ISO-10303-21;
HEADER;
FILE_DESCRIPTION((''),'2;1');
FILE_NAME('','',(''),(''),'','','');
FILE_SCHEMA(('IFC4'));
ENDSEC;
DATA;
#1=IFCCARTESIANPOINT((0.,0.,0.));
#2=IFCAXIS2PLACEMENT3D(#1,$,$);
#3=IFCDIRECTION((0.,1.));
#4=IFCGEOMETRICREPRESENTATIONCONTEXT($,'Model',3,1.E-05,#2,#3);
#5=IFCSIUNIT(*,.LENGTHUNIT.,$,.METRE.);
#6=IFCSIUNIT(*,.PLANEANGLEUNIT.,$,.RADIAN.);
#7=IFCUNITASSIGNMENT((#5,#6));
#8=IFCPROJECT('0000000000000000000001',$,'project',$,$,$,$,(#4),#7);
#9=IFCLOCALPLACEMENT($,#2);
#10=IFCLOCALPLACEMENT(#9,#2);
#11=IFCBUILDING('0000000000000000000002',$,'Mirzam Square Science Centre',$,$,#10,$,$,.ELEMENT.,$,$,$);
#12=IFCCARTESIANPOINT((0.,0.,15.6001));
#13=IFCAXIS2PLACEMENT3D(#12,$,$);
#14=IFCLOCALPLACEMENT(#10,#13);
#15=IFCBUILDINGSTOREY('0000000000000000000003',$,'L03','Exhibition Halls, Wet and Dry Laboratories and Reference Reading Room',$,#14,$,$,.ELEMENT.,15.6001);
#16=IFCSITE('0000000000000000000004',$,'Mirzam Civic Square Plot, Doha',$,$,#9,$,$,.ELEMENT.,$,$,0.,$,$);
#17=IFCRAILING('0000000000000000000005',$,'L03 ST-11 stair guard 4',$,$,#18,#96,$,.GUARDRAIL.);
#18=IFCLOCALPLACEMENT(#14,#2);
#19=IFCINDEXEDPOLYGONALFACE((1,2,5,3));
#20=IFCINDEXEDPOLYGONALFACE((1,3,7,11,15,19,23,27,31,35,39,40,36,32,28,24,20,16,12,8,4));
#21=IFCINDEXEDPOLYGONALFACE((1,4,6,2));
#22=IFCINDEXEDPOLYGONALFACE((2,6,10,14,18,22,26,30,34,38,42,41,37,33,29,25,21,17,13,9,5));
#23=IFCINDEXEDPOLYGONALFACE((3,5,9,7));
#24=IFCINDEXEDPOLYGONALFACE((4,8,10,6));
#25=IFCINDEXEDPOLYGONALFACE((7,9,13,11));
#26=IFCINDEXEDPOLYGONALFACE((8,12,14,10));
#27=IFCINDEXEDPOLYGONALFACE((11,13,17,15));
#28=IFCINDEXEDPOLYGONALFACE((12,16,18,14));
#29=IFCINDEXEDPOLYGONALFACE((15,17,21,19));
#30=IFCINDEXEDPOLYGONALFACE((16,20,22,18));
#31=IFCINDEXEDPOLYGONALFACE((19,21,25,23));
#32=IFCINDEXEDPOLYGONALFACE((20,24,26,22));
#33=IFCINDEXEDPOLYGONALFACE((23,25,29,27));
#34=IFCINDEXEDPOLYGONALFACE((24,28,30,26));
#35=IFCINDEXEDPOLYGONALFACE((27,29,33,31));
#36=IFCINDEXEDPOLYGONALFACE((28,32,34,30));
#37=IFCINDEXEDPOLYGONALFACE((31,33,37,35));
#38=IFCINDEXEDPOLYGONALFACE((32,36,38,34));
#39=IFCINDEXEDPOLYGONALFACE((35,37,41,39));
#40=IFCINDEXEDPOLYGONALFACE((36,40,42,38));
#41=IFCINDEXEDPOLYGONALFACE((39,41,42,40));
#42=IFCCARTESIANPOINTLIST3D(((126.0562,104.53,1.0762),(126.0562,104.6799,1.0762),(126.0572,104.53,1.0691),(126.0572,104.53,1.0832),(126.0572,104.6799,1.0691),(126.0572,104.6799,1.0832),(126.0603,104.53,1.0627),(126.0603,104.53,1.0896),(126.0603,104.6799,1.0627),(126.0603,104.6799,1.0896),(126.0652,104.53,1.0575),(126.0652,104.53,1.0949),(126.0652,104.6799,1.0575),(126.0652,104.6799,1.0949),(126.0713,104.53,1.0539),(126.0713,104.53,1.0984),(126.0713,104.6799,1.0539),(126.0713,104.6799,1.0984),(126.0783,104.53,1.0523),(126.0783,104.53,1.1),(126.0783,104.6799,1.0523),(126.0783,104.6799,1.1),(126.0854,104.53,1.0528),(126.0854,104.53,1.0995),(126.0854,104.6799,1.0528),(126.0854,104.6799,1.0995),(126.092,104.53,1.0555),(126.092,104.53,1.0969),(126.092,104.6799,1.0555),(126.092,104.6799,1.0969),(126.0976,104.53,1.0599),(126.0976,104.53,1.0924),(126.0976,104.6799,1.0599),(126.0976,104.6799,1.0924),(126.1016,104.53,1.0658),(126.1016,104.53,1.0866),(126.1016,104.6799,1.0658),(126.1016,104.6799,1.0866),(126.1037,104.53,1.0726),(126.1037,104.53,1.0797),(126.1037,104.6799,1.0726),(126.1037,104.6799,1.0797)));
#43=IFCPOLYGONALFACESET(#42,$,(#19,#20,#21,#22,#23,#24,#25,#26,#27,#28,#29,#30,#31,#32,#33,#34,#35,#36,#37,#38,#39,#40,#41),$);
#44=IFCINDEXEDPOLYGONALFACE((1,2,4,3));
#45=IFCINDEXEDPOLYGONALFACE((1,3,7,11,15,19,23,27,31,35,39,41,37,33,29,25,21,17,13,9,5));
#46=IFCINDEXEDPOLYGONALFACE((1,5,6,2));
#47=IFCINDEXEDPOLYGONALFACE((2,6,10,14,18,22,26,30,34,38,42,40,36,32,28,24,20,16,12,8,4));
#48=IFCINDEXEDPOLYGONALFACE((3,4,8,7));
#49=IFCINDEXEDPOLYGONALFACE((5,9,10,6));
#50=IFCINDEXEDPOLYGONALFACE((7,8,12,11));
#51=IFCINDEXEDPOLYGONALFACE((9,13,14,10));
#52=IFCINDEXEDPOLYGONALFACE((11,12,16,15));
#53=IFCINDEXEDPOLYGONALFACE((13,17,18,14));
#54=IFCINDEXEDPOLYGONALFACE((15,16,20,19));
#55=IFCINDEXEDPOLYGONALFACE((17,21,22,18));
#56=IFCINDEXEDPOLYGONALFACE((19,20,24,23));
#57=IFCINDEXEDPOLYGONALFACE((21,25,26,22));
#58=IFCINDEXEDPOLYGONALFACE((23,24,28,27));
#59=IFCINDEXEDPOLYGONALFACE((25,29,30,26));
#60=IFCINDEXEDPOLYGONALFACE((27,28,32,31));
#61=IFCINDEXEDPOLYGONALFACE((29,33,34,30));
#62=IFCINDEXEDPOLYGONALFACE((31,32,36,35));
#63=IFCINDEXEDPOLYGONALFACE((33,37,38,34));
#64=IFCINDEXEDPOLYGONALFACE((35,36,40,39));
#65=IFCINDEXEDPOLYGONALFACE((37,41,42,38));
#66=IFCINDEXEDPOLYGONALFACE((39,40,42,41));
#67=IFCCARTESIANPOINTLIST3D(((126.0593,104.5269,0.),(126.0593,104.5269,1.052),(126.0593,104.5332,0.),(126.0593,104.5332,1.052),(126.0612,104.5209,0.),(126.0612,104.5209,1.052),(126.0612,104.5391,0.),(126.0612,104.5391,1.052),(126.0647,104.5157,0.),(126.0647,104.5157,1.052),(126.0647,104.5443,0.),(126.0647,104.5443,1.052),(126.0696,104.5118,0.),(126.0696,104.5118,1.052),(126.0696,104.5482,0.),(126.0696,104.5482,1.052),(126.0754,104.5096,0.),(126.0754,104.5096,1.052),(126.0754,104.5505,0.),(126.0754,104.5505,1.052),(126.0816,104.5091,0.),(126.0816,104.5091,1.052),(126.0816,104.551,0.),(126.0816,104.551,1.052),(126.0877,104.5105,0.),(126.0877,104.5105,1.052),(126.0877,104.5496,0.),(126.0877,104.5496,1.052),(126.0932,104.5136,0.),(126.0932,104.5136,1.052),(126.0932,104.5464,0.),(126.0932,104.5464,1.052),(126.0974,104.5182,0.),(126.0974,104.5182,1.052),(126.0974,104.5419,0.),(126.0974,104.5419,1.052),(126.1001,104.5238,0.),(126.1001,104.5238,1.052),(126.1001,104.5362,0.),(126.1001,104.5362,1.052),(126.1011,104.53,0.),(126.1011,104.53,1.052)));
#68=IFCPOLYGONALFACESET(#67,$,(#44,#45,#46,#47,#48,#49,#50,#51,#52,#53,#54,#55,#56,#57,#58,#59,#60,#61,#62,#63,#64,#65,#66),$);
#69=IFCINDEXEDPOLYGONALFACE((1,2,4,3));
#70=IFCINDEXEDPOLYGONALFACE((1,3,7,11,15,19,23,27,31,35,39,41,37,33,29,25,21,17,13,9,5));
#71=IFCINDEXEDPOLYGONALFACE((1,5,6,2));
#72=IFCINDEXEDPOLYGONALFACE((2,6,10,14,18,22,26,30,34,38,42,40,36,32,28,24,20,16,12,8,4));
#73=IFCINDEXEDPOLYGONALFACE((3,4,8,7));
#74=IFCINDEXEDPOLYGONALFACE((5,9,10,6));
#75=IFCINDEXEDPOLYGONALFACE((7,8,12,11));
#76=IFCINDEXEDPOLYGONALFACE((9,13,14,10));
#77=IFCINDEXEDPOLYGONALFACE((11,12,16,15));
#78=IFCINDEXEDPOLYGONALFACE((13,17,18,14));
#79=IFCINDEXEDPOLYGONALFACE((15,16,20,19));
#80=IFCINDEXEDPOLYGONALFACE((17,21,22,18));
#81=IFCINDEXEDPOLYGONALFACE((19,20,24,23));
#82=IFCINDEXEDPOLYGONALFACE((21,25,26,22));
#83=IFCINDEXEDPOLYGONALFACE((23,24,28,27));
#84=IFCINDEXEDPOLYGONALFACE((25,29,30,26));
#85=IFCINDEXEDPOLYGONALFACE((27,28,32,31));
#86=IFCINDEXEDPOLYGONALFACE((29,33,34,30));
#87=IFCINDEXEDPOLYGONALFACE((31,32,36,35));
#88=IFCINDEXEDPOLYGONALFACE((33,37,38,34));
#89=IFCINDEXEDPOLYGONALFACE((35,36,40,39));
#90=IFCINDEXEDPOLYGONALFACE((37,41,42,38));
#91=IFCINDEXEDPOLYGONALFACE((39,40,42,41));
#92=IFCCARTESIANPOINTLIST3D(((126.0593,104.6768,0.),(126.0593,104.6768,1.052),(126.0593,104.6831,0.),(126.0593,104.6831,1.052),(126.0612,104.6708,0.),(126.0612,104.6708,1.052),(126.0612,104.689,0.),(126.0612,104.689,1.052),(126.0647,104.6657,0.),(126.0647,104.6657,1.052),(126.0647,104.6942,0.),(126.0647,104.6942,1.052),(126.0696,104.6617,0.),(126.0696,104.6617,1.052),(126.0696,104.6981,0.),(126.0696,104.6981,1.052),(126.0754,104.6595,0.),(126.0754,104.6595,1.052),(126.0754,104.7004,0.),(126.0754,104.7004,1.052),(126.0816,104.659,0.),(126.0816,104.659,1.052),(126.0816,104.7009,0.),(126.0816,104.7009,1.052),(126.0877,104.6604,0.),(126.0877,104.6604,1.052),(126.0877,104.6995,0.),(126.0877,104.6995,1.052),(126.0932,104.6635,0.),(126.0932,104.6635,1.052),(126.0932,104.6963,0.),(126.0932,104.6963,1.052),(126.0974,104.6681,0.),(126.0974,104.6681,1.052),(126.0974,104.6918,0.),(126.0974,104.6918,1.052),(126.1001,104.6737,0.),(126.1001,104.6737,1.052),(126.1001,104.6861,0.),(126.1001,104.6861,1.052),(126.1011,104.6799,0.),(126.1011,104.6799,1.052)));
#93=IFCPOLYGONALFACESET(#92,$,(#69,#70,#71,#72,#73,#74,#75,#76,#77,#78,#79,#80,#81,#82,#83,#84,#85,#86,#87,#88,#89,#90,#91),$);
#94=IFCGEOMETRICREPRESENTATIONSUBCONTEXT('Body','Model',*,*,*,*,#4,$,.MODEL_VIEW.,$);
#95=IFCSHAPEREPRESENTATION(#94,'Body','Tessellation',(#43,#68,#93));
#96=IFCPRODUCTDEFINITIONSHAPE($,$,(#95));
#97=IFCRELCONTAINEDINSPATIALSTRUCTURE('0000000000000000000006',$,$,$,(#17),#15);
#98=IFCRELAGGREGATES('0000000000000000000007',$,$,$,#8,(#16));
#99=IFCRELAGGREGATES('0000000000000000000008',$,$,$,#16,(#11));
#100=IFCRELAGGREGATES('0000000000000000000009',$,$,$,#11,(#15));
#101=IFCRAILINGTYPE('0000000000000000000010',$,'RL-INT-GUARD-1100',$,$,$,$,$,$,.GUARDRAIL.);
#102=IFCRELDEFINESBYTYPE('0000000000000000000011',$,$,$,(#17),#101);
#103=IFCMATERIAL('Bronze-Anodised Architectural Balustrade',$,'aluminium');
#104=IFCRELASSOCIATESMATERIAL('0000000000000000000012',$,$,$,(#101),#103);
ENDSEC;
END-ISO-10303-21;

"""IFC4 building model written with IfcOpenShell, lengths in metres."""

from ifc_helpers import new_model, si_unit, direction, frame, origin, origin_2d, place, context, subcontext, project, spatial, circle, extrude, material, type_object, element, save


model = new_model("IFC4")

# Units and contexts
model_context = context("Model", 3, precision=1e-05, world=origin(), true_north=direction((0.0, 1.0)))
body_context = subcontext(model_context, "Body", "Model", "MODEL_VIEW")
ifc_project = project(units=[si_unit("LENGTHUNIT", "METRE"), si_unit("PLANEANGLEUNIT", "RADIAN")], contexts=[model_context])

# Site, building, storey
site_placement = place(None, origin())
site = spatial("IfcSite", under=ifc_project, at=site_placement, Name="Mirzam Civic Square Plot, Doha", CompositionType="ELEMENT", RefElevation=0.0)
building_placement = place(site_placement, origin())
building = spatial("IfcBuilding", under=site, at=building_placement, Name="Mirzam Square Science Centre", CompositionType="ELEMENT")
storey_placement = place(building_placement, frame((0.0, 0.0, 15.6001)))
storey = spatial("IfcBuildingStorey", under=building, at=storey_placement, Name="L03", Description="Exhibition Halls, Wet and Dry Laboratories and Reference Reading Room", CompositionType="ELEMENT", Elevation=15.6001)

# Railing
ifc_material_1 = material(Name="Bronze-Anodised Architectural Balustrade", Category="aluminium")
railing_type_1 = type_object("IfcRailingType", Name="RL-INT-GUARD-1100", PredefinedType="GUARDRAIL", material=ifc_material_1)
railing_1_placement = place(storey_placement, frame((126.0801, 104.53, 0.0)))
element("IfcRailing", 1, at=railing_1_placement, inside=storey, type_object=railing_type_1, Name="L03 ST-11 stair guard 4", PredefinedType="GUARDRAIL", context=body_context, shape_type="SweptSolid", body=[
    extrude(circle(Radius=0.0239, at=origin_2d()), frame((0.0, 0.0, 1.0762), z_axis=(0.0, 1.0, 0.0), x_axis=(-1.0, 0.0, 0.0)), (0.0, 0.0, 1.0), 0.1499),
    extrude(circle(Radius=0.021, at=origin_2d()), origin(), (0.0, 0.0, 1.0), 1.052),
    extrude(circle(Radius=0.021, at=origin_2d()), frame((0.0, 0.1499, 0.0)), (0.0, 0.0, 1.0), 1.052),
])

save(model, "model.ifc")
